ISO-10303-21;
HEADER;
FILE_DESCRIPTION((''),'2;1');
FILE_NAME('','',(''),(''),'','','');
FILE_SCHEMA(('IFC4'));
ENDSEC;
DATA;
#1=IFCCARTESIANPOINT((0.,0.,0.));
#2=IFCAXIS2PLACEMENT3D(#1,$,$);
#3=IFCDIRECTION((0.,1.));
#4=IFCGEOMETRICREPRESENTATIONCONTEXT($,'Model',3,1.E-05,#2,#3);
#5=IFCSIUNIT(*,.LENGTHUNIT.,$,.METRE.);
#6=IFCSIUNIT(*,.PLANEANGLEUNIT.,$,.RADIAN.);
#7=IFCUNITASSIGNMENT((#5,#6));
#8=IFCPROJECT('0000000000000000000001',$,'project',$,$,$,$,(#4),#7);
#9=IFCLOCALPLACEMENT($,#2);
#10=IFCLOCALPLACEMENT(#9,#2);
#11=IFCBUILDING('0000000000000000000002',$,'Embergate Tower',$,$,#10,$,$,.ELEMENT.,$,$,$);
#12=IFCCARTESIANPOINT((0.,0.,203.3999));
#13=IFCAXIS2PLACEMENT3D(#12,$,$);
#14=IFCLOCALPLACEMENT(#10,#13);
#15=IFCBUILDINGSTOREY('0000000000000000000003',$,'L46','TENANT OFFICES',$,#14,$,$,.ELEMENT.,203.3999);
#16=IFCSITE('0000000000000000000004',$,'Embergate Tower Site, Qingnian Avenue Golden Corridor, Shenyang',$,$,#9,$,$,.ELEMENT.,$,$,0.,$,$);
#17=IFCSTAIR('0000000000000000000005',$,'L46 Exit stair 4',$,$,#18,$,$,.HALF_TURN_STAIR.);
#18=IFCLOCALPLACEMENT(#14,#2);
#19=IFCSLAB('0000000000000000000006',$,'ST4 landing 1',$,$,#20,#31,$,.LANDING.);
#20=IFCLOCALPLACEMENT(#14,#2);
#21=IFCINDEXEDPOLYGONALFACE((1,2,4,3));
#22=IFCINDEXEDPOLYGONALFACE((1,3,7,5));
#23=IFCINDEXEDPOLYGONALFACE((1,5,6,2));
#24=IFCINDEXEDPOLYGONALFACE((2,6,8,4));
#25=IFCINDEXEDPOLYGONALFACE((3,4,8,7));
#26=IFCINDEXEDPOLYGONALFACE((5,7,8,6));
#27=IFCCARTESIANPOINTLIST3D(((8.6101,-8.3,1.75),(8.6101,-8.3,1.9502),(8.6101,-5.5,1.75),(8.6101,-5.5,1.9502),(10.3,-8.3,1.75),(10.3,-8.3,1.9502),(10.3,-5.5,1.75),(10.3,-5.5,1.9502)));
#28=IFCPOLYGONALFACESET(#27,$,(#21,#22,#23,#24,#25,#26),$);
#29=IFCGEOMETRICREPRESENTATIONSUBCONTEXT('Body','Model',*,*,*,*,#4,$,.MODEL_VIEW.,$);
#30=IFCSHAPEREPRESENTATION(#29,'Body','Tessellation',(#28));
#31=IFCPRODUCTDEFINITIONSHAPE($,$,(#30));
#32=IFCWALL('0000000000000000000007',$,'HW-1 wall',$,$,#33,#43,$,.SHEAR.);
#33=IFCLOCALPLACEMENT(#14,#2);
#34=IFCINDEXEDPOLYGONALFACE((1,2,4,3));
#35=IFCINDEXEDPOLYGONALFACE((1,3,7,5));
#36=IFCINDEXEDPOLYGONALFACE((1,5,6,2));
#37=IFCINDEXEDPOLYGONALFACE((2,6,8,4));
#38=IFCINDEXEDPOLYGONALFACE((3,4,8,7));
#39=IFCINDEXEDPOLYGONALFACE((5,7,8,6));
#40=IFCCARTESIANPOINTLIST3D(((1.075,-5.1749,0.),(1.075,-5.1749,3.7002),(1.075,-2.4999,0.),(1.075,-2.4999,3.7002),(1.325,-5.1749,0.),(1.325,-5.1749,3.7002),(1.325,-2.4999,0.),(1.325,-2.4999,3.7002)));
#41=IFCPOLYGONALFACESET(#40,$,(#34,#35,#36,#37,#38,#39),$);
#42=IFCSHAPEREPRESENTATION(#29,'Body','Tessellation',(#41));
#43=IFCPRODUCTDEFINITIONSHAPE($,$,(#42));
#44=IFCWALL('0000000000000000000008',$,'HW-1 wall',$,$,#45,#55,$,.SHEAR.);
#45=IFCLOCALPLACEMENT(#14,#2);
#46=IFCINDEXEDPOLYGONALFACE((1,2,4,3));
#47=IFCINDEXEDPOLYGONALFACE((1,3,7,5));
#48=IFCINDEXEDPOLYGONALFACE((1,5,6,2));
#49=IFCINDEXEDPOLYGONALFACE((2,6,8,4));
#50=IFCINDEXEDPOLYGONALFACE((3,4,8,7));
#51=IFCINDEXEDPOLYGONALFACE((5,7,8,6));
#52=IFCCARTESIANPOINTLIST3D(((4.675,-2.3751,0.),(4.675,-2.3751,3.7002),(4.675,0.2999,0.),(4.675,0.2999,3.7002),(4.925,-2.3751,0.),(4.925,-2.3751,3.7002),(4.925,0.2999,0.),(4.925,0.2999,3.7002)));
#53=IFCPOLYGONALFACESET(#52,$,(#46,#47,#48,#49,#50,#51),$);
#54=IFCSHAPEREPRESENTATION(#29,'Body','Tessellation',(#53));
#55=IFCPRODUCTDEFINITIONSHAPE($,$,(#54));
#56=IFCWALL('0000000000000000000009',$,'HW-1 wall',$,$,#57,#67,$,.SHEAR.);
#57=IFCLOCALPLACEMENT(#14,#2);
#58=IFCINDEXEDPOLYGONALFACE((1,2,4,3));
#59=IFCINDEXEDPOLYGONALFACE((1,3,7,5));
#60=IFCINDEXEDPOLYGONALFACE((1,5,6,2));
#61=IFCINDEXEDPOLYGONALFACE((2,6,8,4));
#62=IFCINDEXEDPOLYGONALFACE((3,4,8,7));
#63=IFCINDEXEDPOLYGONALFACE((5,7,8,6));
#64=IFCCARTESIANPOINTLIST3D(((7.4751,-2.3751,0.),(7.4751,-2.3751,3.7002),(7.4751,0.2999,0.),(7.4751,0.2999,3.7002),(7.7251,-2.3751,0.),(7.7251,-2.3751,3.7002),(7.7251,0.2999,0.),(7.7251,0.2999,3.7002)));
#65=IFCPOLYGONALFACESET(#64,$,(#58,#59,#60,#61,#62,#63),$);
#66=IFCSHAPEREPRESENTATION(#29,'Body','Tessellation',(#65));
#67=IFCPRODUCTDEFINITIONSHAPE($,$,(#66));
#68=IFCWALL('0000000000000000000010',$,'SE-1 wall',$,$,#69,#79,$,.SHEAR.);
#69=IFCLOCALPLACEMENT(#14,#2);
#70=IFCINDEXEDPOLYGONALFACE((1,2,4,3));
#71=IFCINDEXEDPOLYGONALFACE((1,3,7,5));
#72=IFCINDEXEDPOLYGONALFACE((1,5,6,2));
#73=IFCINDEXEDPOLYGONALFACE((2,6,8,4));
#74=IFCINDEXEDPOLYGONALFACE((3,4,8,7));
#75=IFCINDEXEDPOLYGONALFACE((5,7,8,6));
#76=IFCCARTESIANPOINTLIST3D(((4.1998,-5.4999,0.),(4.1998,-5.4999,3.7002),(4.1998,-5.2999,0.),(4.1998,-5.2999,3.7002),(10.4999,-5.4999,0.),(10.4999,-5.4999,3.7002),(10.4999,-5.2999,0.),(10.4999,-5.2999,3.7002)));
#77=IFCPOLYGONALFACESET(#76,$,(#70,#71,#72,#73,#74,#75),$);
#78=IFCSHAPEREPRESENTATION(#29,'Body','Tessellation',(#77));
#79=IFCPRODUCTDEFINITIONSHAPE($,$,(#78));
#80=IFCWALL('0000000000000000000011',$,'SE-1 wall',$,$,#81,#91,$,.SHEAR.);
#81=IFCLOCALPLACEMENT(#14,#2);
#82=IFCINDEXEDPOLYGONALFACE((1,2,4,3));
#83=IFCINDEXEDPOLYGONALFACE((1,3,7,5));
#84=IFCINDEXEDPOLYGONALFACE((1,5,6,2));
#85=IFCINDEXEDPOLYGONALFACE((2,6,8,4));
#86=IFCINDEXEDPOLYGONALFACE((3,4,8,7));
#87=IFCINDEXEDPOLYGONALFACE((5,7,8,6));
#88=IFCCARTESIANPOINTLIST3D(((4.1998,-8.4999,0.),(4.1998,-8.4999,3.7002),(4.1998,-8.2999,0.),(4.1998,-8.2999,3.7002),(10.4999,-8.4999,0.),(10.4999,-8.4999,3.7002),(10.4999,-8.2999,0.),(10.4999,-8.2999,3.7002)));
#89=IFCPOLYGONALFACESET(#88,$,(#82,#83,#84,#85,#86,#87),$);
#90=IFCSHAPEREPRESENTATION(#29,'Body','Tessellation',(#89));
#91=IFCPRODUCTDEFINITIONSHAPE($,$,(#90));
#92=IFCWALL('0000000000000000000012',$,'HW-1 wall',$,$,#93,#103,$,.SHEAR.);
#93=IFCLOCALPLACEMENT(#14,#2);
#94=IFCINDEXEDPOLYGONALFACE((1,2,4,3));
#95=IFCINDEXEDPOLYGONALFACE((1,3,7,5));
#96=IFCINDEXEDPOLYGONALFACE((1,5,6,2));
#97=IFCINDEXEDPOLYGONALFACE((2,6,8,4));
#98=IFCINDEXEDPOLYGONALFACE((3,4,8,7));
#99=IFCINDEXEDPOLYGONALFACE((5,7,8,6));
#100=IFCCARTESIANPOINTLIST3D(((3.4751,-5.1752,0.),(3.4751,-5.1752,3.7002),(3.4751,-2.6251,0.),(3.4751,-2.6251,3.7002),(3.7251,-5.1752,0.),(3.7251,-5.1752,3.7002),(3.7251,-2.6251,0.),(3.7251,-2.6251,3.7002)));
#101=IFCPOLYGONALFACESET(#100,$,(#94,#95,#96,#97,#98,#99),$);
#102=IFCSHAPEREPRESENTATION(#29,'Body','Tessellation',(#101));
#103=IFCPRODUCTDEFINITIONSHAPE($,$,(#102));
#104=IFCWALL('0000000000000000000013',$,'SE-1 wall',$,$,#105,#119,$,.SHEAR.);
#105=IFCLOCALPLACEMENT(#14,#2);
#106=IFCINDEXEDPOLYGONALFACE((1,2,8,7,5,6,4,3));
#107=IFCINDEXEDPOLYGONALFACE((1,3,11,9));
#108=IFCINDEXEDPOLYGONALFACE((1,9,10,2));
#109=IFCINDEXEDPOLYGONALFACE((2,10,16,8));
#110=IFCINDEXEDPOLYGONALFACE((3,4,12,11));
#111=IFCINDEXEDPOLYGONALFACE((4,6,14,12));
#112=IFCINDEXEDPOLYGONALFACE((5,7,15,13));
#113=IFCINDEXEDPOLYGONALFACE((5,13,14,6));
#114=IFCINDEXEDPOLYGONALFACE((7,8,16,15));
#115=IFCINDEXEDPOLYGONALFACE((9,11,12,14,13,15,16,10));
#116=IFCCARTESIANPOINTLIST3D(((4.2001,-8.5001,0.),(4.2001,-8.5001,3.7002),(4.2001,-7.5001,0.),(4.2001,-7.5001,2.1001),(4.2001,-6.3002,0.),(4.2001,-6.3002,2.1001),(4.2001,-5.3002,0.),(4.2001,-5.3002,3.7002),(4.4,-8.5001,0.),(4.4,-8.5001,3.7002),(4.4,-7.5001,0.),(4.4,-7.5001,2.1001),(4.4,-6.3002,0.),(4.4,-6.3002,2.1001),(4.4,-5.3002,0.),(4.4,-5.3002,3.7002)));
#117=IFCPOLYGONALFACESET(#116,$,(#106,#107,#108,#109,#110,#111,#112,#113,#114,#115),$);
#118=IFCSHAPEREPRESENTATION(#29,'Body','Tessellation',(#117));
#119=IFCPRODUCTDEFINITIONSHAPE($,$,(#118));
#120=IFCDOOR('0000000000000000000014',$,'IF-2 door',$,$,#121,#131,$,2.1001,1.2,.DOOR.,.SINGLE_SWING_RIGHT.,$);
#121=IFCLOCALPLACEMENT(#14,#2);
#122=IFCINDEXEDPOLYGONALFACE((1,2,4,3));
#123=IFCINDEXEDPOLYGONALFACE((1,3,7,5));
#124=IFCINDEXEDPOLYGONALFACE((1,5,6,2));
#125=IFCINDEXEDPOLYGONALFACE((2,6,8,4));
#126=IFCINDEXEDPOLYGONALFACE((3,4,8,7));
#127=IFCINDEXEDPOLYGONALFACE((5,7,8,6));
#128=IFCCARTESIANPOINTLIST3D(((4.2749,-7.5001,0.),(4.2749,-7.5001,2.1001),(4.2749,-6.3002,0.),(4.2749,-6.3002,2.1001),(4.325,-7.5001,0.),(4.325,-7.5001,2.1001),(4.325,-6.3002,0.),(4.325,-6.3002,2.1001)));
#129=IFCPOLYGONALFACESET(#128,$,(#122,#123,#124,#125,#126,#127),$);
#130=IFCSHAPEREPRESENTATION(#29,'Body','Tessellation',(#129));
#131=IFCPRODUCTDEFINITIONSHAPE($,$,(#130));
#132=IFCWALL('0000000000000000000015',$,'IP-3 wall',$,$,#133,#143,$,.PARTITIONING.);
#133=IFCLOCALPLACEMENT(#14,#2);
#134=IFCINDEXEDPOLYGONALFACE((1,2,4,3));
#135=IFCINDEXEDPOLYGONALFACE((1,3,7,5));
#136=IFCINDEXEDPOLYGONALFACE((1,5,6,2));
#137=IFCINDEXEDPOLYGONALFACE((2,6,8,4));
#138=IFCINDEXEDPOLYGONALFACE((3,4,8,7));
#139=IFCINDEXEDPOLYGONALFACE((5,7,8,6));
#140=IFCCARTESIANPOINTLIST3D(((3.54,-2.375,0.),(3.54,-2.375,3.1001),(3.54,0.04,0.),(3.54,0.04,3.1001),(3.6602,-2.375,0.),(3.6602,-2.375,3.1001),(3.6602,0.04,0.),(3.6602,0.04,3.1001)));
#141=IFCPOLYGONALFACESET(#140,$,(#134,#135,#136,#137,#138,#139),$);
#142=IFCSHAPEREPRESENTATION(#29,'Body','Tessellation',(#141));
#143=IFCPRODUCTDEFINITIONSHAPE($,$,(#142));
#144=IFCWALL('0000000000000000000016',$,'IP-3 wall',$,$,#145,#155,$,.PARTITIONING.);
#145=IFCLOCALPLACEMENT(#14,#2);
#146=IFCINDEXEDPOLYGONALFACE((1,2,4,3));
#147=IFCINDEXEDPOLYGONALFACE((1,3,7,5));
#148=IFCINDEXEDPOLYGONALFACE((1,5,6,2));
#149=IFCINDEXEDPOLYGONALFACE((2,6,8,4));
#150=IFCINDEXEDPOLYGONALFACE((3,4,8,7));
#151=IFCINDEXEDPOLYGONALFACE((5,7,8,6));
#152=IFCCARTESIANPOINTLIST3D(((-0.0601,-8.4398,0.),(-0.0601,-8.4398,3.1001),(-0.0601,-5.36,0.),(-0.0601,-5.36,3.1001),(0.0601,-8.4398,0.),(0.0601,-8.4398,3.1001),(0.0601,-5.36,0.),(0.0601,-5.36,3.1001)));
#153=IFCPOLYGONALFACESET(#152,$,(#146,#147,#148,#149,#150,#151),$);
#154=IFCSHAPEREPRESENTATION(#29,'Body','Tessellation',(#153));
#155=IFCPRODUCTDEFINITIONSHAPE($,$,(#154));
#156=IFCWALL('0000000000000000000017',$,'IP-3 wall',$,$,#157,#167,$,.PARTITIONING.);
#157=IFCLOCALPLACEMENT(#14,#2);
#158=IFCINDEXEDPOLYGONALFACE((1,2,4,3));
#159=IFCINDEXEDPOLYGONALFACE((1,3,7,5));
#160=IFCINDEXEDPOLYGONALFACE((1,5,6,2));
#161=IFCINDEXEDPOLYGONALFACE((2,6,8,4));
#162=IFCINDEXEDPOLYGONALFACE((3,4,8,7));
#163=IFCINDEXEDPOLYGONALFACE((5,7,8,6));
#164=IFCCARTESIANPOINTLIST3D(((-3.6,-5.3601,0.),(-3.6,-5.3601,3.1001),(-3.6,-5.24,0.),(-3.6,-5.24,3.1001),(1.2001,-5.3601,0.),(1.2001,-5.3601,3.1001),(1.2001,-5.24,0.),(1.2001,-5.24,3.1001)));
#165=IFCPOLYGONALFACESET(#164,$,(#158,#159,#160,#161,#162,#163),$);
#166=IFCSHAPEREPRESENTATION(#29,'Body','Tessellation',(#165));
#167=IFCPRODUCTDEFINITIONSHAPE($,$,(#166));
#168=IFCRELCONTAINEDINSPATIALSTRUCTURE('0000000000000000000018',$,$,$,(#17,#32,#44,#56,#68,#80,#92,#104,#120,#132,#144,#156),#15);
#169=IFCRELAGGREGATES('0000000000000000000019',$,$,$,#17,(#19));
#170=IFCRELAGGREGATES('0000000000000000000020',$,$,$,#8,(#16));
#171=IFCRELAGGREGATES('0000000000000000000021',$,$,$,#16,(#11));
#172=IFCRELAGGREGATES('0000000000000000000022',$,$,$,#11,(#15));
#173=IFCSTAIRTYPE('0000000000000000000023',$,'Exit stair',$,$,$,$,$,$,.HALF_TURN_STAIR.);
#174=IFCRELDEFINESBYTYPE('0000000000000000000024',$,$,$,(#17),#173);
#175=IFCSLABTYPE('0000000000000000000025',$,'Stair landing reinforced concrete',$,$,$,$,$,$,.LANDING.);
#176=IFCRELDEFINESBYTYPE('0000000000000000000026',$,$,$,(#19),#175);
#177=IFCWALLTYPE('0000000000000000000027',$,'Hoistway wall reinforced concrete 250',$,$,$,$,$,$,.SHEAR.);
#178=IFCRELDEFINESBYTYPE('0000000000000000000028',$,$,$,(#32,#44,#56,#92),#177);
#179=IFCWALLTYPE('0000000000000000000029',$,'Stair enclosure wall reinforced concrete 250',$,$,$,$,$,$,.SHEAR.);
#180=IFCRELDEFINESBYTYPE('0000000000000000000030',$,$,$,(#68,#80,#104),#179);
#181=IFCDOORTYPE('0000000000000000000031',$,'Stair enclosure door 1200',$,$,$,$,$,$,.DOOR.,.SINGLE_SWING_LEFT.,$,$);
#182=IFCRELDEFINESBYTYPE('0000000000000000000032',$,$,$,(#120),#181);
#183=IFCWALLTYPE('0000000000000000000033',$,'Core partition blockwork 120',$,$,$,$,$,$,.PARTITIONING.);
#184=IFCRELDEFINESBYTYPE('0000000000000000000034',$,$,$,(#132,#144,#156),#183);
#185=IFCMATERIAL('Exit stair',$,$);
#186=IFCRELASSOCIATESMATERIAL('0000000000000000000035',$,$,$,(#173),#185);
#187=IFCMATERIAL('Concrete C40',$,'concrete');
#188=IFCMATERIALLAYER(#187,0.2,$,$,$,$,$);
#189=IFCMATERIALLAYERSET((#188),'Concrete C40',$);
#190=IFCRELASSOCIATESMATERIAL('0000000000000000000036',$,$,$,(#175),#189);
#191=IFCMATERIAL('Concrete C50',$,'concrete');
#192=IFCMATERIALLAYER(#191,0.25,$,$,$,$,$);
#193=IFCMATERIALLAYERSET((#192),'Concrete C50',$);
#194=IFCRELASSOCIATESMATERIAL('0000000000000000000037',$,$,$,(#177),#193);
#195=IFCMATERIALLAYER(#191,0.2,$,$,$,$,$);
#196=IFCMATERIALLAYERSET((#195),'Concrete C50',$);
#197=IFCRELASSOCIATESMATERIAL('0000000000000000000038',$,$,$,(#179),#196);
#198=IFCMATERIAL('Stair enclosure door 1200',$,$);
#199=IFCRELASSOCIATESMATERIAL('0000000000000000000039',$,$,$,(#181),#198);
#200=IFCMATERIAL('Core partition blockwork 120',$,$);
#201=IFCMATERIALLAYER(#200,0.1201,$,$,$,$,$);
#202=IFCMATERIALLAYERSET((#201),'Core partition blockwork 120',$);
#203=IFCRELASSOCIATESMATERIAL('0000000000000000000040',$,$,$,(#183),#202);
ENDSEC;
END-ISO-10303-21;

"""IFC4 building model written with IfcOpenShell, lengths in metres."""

from ifc_helpers import new_model, si_unit, direction, frame, frame_2d, origin, place, context, subcontext, project, spatial, polyline, rectangle, outline, extrude, source, transform, mapped, material, layer, layer_set, type_object, element, fill, aggregate, save


model = new_model("IFC4")

# Units and contexts
model_context = context("Model", 3, precision=1e-05, world=origin(), true_north=direction((0.0, 1.0)))
body_context = subcontext(model_context, "Body", "Model", "MODEL_VIEW")
ifc_project = project(units=[si_unit("LENGTHUNIT", "METRE"), si_unit("PLANEANGLEUNIT", "RADIAN")], contexts=[model_context])

# Site, building, storey
site_placement = place(None, origin())
site = spatial("IfcSite", under=ifc_project, at=site_placement, Name="Embergate Tower Site, Qingnian Avenue Golden Corridor, Shenyang", CompositionType="ELEMENT", RefElevation=0.0)
building_placement = place(site_placement, origin())
building = spatial("IfcBuilding", under=site, at=building_placement, Name="Embergate Tower", CompositionType="ELEMENT")
storey_placement = place(building_placement, frame((0.0, 0.0, 203.3999)))
storey = spatial("IfcBuildingStorey", under=building, at=storey_placement, Name="L46", Description="TENANT OFFICES", CompositionType="ELEMENT", Elevation=203.3999)

# Stair, slab
ifc_material_1 = material(Name="Exit stair")
stair_type = type_object("IfcStairType", Name="Exit stair", PredefinedType="HALF_TURN_STAIR", material=ifc_material_1)
stair_placement = place(storey_placement, origin())
stair = element("IfcStair", 1, at=stair_placement, inside=storey, type_object=stair_type, Name="L46 Exit stair 4", PredefinedType="HALF_TURN_STAIR")
ifc_material_2 = material(Name="Concrete C40", Category="concrete")
ifc_layer_1 = layer(ifc_material_2, 0.2)
ifc_layer_set_1 = layer_set([ifc_layer_1], Name="Concrete C40")
slab_type = type_object("IfcSlabType", Name="Stair landing reinforced concrete", PredefinedType="LANDING", material=ifc_layer_set_1)
shared_shape_1 = source(origin(), body_context, "Body", "SweptSolid", [
    extrude(outline(polyline([(0.0, 0.0), (1.6899, 0.0), (1.6899, 2.8), (0.0, 2.8), (0.0, 0.0)])), origin(), (0.0, 0.0, 1.0), 0.2002),
])
slab_placement = place(storey_placement, frame((8.6101, -8.3, 1.75)))
slab = element("IfcSlab", 2, at=slab_placement, type_object=slab_type, Name="ST4 landing 1", PredefinedType="LANDING", context=body_context, shape_type="MappedRepresentation", body=[
    mapped(shared_shape_1, transform((0.0, 0.0, 0.0))),
])

# Walls
ifc_material_3 = material(Name="Concrete C50", Category="concrete")
ifc_layer_2 = layer(ifc_material_3, 0.25)
ifc_layer_set_2 = layer_set([ifc_layer_2], Name="Concrete C50")
wall_type_1 = type_object("IfcWallType", Name="Hoistway wall reinforced concrete 250", PredefinedType="SHEAR", material=ifc_layer_set_2)
shared_shape_2 = source(origin(), body_context, "Body", "SweptSolid", [
    extrude(rectangle(XDim=2.675, YDim=0.25, at=frame_2d((1.3374, 0.0))), origin(), (0.0, 0.0, 1.0), 3.7002),
])
for number, where, z_axis, x_axis, name in (
    (3, (1.2, -2.5, 0.0), (0.0, 0.0, 1.0), (0.0, -1.0, 0.0), "HW-1 wall"),
    (4, (4.8, -2.375, 0.0), (0.0, 0.0, 1.0), (0.0, 1.0, 0.0), "HW-1 wall"),
    (5, (7.6001, -2.375, 0.0), (0.0, 0.0, 1.0), (0.0, 1.0, 0.0), "HW-1 wall"),
):
    element("IfcWall", number, at=place(storey_placement, frame(where, z_axis=z_axis, x_axis=x_axis)), inside=storey, type_object=wall_type_1, Name=name, PredefinedType="SHEAR", context=body_context, shape_type="MappedRepresentation", body=[
        mapped(shared_shape_2, transform((0.0, 0.0, 0.0))),
    ])
ifc_layer_3 = layer(ifc_material_3, 0.2)
ifc_layer_set_3 = layer_set([ifc_layer_3], Name="Concrete C50")
wall_type_2 = type_object("IfcWallType", Name="Stair enclosure wall reinforced concrete 250", PredefinedType="SHEAR", material=ifc_layer_set_3)
shared_shape_3 = source(origin(), body_context, "Body", "SweptSolid", [
    extrude(rectangle(XDim=6.3, YDim=0.2, at=frame_2d((3.1499, 0.0))), origin(), (0.0, 0.0, 1.0), 3.7002),
])
for number, where, z_axis, x_axis, name in (
    (6, (4.2, -5.3999, 0.0), (0.0, 0.0, 1.0), (1.0, 0.0, 0.0), "SE-1 wall"),
    (7, (4.2, -8.3999, 0.0), (0.0, 0.0, 1.0), (1.0, 0.0, 0.0), "SE-1 wall"),
):
    element("IfcWall", number, at=place(storey_placement, frame(where, z_axis=z_axis, x_axis=x_axis)), inside=storey, type_object=wall_type_2, Name=name, PredefinedType="SHEAR", context=body_context, shape_type="MappedRepresentation", body=[
        mapped(shared_shape_3, transform((0.0, 0.0, 0.0))),
    ])
shared_shape_4 = source(origin(), body_context, "Body", "SweptSolid", [
    extrude(rectangle(XDim=2.55, YDim=0.25, at=frame_2d((1.2749, 0.0))), origin(), (0.0, 0.0, 1.0), 3.7002),
])
wall_1_placement = place(storey_placement, frame((3.6001, -5.175, 0.0), z_axis=(0.0, 0.0, 1.0), x_axis=(0.0, 1.0, 0.0)))
element("IfcWall", 8, at=wall_1_placement, inside=storey, type_object=wall_type_1, Name="HW-1 wall", PredefinedType="SHEAR", context=body_context, shape_type="MappedRepresentation", body=[
    mapped(shared_shape_4, transform((0.0, 0.0, 0.0))),
])

# Wall, opening, door
shared_shape_5 = source(origin(), body_context, "Body", "SweptSolid", [
    extrude(rectangle(XDim=3.2, YDim=0.2, at=frame_2d((1.6001, 0.0))), origin(), (0.0, 0.0, 1.0), 3.7002),
])
wall_2_placement = place(storey_placement, frame((4.3, -5.3, 0.0), z_axis=(0.0, 0.0, 1.0), x_axis=(0.0, -1.0, 0.0)))
wall_2 = element("IfcWall", 9, at=wall_2_placement, inside=storey, type_object=wall_type_2, Name="SE-1 wall", PredefinedType="SHEAR", context=body_context, shape_type="MappedRepresentation", body=[
    mapped(shared_shape_5, transform((0.0, 0.0, 0.0))),
])
shared_shape_6 = source(origin(), body_context, "Body", "SweptSolid", [
    extrude(rectangle(XDim=1.2, YDim=2.1001, at=frame_2d((0.6001, 1.05))), frame((0.0, 0.1099, 0.0), z_axis=(0.0, -1.0, 0.0), x_axis=(1.0, 0.0, 0.0)), (0.0, 0.0, 1.0), 0.22),
])
opening_1_placement = place(wall_2_placement, frame((1.0, 0.0, 0.0)))
opening_1 = element("IfcOpeningElement", 10, at=opening_1_placement, cuts=wall_2, PredefinedType="OPENING", context=body_context, shape_type="MappedRepresentation", body=[
    mapped(shared_shape_6, transform((0.0, 0.0, 0.0))),
])
ifc_material_4 = material(Name="Stair enclosure door 1200")
door_type_1 = type_object("IfcDoorType", Name="Stair enclosure door 1200", OperationType="SINGLE_SWING_LEFT", PredefinedType="DOOR", material=ifc_material_4)
shared_shape_7 = source(origin(), body_context, "Body", "SweptSolid", [
    extrude(rectangle(XDim=1.2, YDim=2.1001, at=frame_2d((0.6001, 1.05))), frame((0.0, 0.0249, 0.0), z_axis=(0.0, -1.0, 0.0), x_axis=(1.0, 0.0, 0.0)), (0.0, 0.0, 1.0), 0.05),
])
door_1_placement = place(opening_1_placement, origin())
door_1 = element("IfcDoor", 11, at=door_1_placement, inside=storey, type_object=door_type_1, Name="IF-2 door", OperationType="SINGLE_SWING_RIGHT", OverallHeight=2.1001, OverallWidth=1.2, PredefinedType="DOOR", context=body_context, shape_type="MappedRepresentation", body=[
    mapped(shared_shape_7, transform((0.0, 0.0, 0.0))),
])
fill(opening_1, door_1)

# Walls
ifc_material_5 = material(Name="Core partition blockwork 120")
ifc_layer_4 = layer(ifc_material_5, 0.1201)
ifc_layer_set_4 = layer_set([ifc_layer_4], Name="Core partition blockwork 120")
wall_type_3 = type_object("IfcWallType", Name="Core partition blockwork 120", PredefinedType="PARTITIONING", material=ifc_layer_set_4)
shared_shape_8 = source(origin(), body_context, "Body", "SweptSolid", [
    extrude(rectangle(XDim=2.415, YDim=0.1201, at=frame_2d((1.2075, 0.0))), origin(), (0.0, 0.0, 1.0), 3.1001),
])
wall_3_placement = place(storey_placement, frame((3.6001, -2.375, 0.0), z_axis=(0.0, 0.0, 1.0), x_axis=(0.0, 1.0, 0.0)))
element("IfcWall", 12, at=wall_3_placement, inside=storey, type_object=wall_type_3, Name="IP-3 wall", PredefinedType="PARTITIONING", context=body_context, shape_type="MappedRepresentation", body=[
    mapped(shared_shape_8, transform((0.0, 0.0, 0.0))),
])
shared_shape_9 = source(origin(), body_context, "Body", "SweptSolid", [
    extrude(rectangle(XDim=3.0798, YDim=0.1201, at=frame_2d((1.54, 0.0))), origin(), (0.0, 0.0, 1.0), 3.1001),
])
wall_4_placement = place(storey_placement, frame((0.0, -8.4399, 0.0), z_axis=(0.0, 0.0, 1.0), x_axis=(0.0, 1.0, 0.0)))
element("IfcWall", 13, at=wall_4_placement, inside=storey, type_object=wall_type_3, Name="IP-3 wall", PredefinedType="PARTITIONING", context=body_context, shape_type="MappedRepresentation", body=[
    mapped(shared_shape_9, transform((0.0, 0.0, 0.0))),
])
shared_shape_10 = source(origin(), body_context, "Body", "SweptSolid", [
    extrude(rectangle(XDim=4.8, YDim=0.1201, at=frame_2d((2.3999, 0.0))), origin(), (0.0, 0.0, 1.0), 3.1001),
])
wall_5_placement = place(storey_placement, frame((1.2, -5.3, 0.0), z_axis=(0.0, 0.0, 1.0), x_axis=(-1.0, 0.0, 0.0)))
element("IfcWall", 14, at=wall_5_placement, inside=storey, type_object=wall_type_3, Name="IP-3 wall", PredefinedType="PARTITIONING", context=body_context, shape_type="MappedRepresentation", body=[
    mapped(shared_shape_10, transform((0.0, 0.0, 0.0))),
])

aggregate(stair, [slab])

save(model, "model.ifc")
